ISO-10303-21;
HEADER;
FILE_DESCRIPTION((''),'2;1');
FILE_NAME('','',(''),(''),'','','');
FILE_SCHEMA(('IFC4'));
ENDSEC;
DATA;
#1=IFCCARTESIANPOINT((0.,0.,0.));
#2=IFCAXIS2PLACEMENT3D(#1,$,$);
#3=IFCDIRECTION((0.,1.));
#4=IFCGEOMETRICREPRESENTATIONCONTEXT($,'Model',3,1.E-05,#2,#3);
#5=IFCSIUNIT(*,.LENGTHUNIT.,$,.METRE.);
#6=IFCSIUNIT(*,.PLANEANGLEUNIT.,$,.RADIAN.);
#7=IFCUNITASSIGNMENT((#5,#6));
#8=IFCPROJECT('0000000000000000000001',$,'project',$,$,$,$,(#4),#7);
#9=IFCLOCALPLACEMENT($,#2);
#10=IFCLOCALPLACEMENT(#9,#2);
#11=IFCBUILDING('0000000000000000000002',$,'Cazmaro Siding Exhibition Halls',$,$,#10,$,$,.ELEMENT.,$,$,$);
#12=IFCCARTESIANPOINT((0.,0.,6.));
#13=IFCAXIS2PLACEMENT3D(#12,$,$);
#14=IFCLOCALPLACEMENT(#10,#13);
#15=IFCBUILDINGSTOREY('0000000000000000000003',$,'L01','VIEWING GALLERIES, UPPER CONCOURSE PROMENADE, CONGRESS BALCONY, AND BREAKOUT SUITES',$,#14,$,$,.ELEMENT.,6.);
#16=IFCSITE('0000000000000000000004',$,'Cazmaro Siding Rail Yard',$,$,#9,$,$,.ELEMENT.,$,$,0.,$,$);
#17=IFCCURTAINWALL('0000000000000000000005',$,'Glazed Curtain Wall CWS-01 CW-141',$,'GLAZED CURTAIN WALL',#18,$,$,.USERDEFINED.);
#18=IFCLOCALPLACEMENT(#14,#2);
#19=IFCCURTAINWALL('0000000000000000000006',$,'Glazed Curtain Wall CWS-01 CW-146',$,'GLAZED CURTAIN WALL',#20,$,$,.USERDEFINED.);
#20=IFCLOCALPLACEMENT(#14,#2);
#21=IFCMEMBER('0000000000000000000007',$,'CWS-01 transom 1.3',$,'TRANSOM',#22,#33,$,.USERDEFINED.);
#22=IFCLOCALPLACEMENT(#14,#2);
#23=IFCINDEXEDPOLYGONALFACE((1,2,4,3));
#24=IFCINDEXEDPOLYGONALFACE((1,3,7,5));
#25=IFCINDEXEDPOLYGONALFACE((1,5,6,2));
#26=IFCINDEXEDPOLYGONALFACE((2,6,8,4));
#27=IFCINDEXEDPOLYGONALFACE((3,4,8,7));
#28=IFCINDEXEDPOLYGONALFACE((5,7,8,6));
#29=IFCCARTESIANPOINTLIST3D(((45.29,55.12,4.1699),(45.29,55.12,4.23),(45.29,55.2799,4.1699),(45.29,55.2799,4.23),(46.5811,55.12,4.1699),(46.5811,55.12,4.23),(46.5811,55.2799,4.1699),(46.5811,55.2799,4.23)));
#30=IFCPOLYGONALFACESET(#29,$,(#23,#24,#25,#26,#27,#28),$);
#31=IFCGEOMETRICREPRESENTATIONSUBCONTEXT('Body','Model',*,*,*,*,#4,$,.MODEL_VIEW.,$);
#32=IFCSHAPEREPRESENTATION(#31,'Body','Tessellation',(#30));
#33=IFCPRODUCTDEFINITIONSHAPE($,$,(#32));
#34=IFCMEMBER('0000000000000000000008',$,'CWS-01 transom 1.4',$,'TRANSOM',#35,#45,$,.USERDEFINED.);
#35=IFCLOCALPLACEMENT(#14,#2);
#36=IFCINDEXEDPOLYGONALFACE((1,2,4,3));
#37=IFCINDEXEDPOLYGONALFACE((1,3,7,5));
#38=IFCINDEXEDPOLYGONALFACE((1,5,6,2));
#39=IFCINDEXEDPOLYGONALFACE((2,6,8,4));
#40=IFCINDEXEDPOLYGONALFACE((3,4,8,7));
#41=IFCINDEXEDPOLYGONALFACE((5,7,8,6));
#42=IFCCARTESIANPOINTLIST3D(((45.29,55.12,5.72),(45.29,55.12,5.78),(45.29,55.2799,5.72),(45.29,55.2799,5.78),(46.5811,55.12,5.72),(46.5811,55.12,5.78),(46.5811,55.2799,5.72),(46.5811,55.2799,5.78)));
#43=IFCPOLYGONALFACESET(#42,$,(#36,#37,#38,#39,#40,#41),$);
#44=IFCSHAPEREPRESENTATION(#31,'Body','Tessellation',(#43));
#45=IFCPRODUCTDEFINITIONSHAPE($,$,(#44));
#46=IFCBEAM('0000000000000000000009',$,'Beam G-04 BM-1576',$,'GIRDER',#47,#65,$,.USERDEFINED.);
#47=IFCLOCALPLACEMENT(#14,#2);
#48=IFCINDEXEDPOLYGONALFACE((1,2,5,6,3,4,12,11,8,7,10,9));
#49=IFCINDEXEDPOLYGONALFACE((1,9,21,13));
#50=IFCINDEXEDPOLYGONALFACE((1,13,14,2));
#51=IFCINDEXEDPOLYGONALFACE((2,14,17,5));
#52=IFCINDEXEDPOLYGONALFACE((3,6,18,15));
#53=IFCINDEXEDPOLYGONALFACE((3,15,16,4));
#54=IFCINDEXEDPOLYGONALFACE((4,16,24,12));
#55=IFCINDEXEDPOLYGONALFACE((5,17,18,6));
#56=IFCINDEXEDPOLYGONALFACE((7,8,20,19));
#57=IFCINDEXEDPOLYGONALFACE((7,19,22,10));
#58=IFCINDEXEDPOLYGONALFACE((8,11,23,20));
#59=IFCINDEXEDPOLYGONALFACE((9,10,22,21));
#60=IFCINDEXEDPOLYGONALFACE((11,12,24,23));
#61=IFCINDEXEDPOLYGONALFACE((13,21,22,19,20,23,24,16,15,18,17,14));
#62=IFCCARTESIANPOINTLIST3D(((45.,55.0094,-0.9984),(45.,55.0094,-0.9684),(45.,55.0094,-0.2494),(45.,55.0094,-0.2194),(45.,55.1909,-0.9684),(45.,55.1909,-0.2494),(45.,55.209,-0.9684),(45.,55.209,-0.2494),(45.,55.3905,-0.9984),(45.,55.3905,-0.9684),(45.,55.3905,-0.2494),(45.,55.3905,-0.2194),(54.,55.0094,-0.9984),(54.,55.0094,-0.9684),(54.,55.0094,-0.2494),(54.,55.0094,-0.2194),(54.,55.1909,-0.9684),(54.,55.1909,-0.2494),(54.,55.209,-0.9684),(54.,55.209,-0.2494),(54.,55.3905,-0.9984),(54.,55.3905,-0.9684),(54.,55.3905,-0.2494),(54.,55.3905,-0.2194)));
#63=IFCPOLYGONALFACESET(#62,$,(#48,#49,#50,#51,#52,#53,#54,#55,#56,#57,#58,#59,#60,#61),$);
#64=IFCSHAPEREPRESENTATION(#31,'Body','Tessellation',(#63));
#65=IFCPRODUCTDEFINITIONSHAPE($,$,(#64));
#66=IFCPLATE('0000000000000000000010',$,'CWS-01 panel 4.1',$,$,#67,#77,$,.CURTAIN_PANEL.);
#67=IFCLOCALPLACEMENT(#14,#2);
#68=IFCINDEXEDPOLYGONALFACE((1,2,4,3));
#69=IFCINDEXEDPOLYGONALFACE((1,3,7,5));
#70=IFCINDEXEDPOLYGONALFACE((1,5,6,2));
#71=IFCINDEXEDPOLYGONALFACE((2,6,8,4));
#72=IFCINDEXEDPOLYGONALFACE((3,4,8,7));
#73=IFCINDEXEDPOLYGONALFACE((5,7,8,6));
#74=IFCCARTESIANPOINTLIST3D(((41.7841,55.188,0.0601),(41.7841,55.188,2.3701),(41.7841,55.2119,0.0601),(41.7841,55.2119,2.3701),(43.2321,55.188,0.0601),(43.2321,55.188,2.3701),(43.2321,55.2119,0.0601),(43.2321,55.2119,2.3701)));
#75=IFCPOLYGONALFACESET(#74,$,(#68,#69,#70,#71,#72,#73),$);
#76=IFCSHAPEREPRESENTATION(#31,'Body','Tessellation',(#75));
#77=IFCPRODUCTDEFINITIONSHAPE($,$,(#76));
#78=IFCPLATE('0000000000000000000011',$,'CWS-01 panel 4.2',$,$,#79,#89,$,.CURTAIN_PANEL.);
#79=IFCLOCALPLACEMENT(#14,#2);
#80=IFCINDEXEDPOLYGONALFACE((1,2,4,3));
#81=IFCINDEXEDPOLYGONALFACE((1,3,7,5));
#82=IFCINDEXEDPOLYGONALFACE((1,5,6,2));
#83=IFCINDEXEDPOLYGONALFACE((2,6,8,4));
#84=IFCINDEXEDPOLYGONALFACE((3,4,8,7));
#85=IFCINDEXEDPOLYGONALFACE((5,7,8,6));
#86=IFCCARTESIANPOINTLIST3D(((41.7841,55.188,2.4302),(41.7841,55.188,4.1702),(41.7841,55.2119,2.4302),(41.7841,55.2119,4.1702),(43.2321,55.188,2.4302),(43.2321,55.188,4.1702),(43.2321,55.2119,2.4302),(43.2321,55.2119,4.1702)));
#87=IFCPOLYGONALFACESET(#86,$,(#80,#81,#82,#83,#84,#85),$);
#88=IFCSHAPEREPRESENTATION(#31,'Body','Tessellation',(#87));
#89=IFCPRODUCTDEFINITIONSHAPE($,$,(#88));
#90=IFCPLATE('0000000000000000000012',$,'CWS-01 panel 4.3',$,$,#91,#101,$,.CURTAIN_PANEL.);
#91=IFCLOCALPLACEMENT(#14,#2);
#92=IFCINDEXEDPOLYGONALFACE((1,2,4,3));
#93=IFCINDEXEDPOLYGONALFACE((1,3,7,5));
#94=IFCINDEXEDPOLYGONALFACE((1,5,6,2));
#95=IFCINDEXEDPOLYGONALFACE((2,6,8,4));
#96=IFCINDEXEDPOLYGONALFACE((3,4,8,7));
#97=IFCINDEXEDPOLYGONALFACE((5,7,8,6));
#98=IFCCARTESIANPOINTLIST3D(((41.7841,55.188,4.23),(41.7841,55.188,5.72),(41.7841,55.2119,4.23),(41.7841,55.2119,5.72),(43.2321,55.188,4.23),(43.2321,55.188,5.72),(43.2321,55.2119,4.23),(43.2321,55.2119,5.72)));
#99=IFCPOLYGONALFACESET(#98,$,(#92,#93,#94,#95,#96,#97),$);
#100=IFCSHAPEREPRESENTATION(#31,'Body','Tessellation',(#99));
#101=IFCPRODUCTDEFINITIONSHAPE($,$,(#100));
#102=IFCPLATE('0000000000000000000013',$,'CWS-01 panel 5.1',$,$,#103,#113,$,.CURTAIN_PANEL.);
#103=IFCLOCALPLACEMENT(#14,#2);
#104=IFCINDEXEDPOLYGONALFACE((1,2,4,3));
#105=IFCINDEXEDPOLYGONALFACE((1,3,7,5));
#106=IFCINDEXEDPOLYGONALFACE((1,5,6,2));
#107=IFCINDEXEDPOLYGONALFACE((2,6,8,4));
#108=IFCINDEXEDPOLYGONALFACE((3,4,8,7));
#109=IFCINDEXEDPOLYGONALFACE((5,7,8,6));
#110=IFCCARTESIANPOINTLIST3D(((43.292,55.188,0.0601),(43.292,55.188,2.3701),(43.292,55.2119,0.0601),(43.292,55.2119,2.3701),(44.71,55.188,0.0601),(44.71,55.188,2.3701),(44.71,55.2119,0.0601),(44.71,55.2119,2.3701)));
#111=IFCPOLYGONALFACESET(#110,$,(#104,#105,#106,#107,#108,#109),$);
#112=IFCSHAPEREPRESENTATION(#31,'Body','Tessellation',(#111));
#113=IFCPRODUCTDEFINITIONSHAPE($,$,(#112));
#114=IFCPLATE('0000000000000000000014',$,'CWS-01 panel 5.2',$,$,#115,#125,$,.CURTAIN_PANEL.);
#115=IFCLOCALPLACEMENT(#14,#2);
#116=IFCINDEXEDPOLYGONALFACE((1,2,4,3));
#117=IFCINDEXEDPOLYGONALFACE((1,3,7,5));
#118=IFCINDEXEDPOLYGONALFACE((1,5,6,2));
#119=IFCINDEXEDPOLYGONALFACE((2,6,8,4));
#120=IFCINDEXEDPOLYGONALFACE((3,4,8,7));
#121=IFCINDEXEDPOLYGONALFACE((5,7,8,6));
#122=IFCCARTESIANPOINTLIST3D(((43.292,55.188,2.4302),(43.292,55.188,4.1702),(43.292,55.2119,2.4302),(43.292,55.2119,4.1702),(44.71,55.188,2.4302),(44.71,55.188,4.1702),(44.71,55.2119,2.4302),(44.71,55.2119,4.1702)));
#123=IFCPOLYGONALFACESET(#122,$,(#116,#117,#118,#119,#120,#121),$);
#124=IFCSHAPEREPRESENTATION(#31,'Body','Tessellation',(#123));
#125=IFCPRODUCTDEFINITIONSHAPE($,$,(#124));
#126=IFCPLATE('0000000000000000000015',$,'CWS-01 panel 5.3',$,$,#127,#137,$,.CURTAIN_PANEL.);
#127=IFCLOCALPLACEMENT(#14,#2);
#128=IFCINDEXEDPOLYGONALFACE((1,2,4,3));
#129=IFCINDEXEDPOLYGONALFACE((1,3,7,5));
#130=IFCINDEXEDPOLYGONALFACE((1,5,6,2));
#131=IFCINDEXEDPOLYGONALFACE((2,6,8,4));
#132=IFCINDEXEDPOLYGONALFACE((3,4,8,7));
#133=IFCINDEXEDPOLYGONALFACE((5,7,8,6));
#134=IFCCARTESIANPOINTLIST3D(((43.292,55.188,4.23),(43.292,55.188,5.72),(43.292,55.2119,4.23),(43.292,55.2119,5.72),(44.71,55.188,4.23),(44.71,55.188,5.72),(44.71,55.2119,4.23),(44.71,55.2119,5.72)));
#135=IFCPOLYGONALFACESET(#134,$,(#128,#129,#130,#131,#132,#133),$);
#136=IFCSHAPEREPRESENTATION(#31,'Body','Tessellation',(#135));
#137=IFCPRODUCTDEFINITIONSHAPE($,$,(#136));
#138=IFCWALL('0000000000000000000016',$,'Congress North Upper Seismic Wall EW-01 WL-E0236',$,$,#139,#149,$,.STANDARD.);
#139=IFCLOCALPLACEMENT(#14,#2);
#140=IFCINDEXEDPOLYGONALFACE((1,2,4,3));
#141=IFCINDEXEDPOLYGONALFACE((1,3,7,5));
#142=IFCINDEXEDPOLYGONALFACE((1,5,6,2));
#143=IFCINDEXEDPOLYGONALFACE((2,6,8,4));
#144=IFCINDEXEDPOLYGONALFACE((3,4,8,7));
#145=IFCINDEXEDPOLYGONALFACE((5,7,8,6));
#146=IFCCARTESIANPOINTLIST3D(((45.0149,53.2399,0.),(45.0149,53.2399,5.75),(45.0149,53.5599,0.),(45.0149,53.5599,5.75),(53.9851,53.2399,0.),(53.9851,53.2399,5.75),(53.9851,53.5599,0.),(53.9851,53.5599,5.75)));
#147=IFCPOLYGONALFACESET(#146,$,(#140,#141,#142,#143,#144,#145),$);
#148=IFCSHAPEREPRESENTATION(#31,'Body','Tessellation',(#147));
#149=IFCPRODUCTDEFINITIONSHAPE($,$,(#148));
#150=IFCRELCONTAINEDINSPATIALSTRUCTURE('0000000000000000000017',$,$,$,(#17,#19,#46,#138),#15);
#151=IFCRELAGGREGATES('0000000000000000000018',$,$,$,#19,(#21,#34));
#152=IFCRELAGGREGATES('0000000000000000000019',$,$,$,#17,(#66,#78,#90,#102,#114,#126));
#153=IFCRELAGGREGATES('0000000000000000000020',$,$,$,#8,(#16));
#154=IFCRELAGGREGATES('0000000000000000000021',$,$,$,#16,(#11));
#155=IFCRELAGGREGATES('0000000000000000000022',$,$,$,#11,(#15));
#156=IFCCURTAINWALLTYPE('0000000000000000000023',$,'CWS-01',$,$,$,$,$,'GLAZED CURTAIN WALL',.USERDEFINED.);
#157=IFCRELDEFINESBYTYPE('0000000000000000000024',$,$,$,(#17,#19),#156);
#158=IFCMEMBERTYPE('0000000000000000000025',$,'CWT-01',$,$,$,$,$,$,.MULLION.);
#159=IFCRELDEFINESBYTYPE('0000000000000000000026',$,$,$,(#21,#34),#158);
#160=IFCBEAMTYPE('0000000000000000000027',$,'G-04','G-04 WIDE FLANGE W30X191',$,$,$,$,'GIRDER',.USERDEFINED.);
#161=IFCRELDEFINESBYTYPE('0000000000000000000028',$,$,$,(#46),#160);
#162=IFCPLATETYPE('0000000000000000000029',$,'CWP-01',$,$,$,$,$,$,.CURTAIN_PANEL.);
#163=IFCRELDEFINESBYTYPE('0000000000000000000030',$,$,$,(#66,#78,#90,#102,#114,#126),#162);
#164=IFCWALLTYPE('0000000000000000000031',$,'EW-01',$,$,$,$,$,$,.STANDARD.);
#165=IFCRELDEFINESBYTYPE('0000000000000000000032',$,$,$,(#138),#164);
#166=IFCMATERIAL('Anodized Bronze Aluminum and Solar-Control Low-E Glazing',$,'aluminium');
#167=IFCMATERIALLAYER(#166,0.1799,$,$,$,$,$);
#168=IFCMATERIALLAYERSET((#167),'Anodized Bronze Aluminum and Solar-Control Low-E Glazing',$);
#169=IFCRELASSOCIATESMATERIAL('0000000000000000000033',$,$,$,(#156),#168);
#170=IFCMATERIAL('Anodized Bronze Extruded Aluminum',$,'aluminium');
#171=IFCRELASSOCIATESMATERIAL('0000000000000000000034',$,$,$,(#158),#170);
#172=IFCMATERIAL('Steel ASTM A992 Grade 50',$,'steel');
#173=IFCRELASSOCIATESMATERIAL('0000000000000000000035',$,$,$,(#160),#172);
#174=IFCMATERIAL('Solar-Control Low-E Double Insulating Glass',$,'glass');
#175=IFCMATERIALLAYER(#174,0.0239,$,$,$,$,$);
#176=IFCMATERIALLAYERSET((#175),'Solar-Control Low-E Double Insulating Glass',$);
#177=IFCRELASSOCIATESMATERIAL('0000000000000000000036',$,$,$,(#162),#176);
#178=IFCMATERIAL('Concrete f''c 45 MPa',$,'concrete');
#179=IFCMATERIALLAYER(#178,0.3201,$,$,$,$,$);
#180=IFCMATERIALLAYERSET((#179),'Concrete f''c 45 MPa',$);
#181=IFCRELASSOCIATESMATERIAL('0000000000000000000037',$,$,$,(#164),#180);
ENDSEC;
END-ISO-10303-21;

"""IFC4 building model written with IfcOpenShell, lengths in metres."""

from ifc_helpers import new_model, si_unit, direction, frame, frame_2d, origin, origin_2d, place, context, subcontext, project, spatial, rectangle, i_section, extrude, material, layer, layer_set, material_profile, profile_set, type_object, element, aggregate, save


model = new_model("IFC4")

# Units and contexts
model_context = context("Model", 3, precision=1e-05, world=origin(), true_north=direction((0.0, 1.0)))
body_context = subcontext(model_context, "Body", "Model", "MODEL_VIEW")
ifc_project = project(units=[si_unit("LENGTHUNIT", "METRE"), si_unit("PLANEANGLEUNIT", "RADIAN")], contexts=[model_context])

# Site, building, storey
site_placement = place(None, origin())
site = spatial("IfcSite", under=ifc_project, at=site_placement, Name="Cazmaro Siding Rail Yard", CompositionType="ELEMENT", RefElevation=0.0)
building_placement = place(site_placement, origin())
building = spatial("IfcBuilding", under=site, at=building_placement, Name="Cazmaro Siding Exhibition Halls", CompositionType="ELEMENT")
storey_placement = place(building_placement, frame((0.0, 0.0, 6.0)))
storey = spatial("IfcBuildingStorey", under=building, at=storey_placement, Name="L01", Description="VIEWING GALLERIES, UPPER CONCOURSE PROMENADE, CONGRESS BALCONY, AND BREAKOUT SUITES", CompositionType="ELEMENT", Elevation=6.0)

# Curtain wall
ifc_material_1 = material(Name="Anodized Bronze Aluminum and Solar-Control Low-E Glazing", Category="aluminium")
ifc_layer_1 = layer(ifc_material_1, 0.1799)
ifc_layer_set_1 = layer_set([ifc_layer_1], Name="Anodized Bronze Aluminum and Solar-Control Low-E Glazing")
curtain_wall_type = type_object("IfcCurtainWallType", Name="CWS-01", ElementType="GLAZED CURTAIN WALL", PredefinedType="USERDEFINED", material=ifc_layer_set_1)
curtain_wall_1_placement = place(storey_placement, origin())
curtain_wall_1 = element("IfcCurtainWall", 1, at=curtain_wall_1_placement, inside=storey, type_object=curtain_wall_type, Name="Glazed Curtain Wall CWS-01 CW-141", ObjectType="GLAZED CURTAIN WALL", PredefinedType="USERDEFINED")

# Curtain wall
curtain_wall_2_placement = place(storey_placement, origin())
curtain_wall_2 = element("IfcCurtainWall", 2, at=curtain_wall_2_placement, inside=storey, type_object=curtain_wall_type, Name="Glazed Curtain Wall CWS-01 CW-146", ObjectType="GLAZED CURTAIN WALL", PredefinedType="USERDEFINED")

# Members
ifc_material_2 = material(Name="Anodized Bronze Extruded Aluminum", Category="aluminium")
ifc_material_profile_1 = material_profile(ifc_material_2, rectangle(XDim=0.1599, YDim=0.0601, at=origin_2d()), Name="CWT-01")
ifc_profile_set_1 = profile_set([ifc_material_profile_1], Name="Anodized Bronze Extruded Aluminum")
member_type_1 = type_object("IfcMemberType", Name="CWT-01", PredefinedType="MULLION", material=ifc_profile_set_1)
member_1_placement = place(storey_placement, frame((45.29, 55.2, 4.2), z_axis=(1.0, 0.0, 0.0), x_axis=(0.0, 1.0, 0.0)))
member_1 = element("IfcMember", 3, at=member_1_placement, type_object=member_type_1, Name="CWS-01 transom 1.3", ObjectType="TRANSOM", PredefinedType="USERDEFINED", context=body_context, shape_type="SweptSolid", body=[
    extrude(rectangle(XDim=0.1599, YDim=0.0601, at=origin_2d()), origin(), (0.0, 0.0, 1.0), 1.291),
])
member_2_placement = place(storey_placement, frame((45.29, 55.2, 5.75), z_axis=(1.0, 0.0, 0.0), x_axis=(0.0, 1.0, 0.0)))
member_2 = element("IfcMember", 4, at=member_2_placement, type_object=member_type_1, Name="CWS-01 transom 1.4", ObjectType="TRANSOM", PredefinedType="USERDEFINED", context=body_context, shape_type="SweptSolid", body=[
    extrude(rectangle(XDim=0.1599, YDim=0.0601, at=origin_2d()), origin(), (0.0, 0.0, 1.0), 1.291),
])
aggregate(curtain_wall_2, [member_1, member_2])

# Beam
ifc_material_3 = material(Name="Steel ASTM A992 Grade 50", Category="steel")
ifc_material_profile_2 = material_profile(ifc_material_3, i_section(OverallWidth=0.3811, OverallDepth=0.7791, WebThickness=0.0181, FlangeThickness=0.03, at=origin_2d()), Name="W30X191")
ifc_profile_set_2 = profile_set([ifc_material_profile_2], Name="Steel ASTM A992 Grade 50")
beam_type_1 = type_object("IfcBeamType", Name="G-04", Description="G-04 WIDE FLANGE W30X191", ElementType="GIRDER", PredefinedType="USERDEFINED", material=ifc_profile_set_2)
beam_1_placement = place(storey_placement, frame((45.0, 55.2, -0.6089), z_axis=(1.0, 0.0, 0.0), x_axis=(0.0, 1.0, 0.0)))
element("IfcBeam", 5, at=beam_1_placement, inside=storey, type_object=beam_type_1, Name="Beam G-04 BM-1576", ObjectType="GIRDER", PredefinedType="USERDEFINED", context=body_context, shape_type="SweptSolid", body=[
    extrude(i_section(OverallWidth=0.3811, OverallDepth=0.7791, WebThickness=0.0181, FlangeThickness=0.03, at=origin_2d()), origin(), (0.0, 0.0, 1.0), 9.0),
])

# Plates
ifc_material_4 = material(Name="Solar-Control Low-E Double Insulating Glass", Category="glass")
ifc_layer_2 = layer(ifc_material_4, 0.0239)
ifc_layer_set_2 = layer_set([ifc_layer_2], Name="Solar-Control Low-E Double Insulating Glass")
plate_type = type_object("IfcPlateType", Name="CWP-01", PredefinedType="CURTAIN_PANEL", material=ifc_layer_set_2)
plate_1_placement = place(storey_placement, frame((42.5081, 55.2, 0.0601), z_axis=(0.0, 0.0, 1.0), x_axis=(1.0, 0.0, 0.0)))
plate_1 = element("IfcPlate", 6, at=plate_1_placement, type_object=plate_type, Name="CWS-01 panel 4.1", PredefinedType="CURTAIN_PANEL", context=body_context, shape_type="SweptSolid", body=[
    extrude(rectangle(XDim=1.448, YDim=0.0239, at=origin_2d()), origin(), (0.0, 0.0, 1.0), 2.3101),
])
plate_2_placement = place(storey_placement, frame((42.5081, 55.2, 2.4302), z_axis=(0.0, 0.0, 1.0), x_axis=(1.0, 0.0, 0.0)))
plate_2 = element("IfcPlate", 7, at=plate_2_placement, type_object=plate_type, Name="CWS-01 panel 4.2", PredefinedType="CURTAIN_PANEL", context=body_context, shape_type="SweptSolid", body=[
    extrude(rectangle(XDim=1.448, YDim=0.0239, at=origin_2d()), origin(), (0.0, 0.0, 1.0), 1.74),
])
plate_3_placement = place(storey_placement, frame((42.5081, 55.2, 4.23), z_axis=(0.0, 0.0, 1.0), x_axis=(1.0, 0.0, 0.0)))
plate_3 = element("IfcPlate", 8, at=plate_3_placement, type_object=plate_type, Name="CWS-01 panel 4.3", PredefinedType="CURTAIN_PANEL", context=body_context, shape_type="SweptSolid", body=[
    extrude(rectangle(XDim=1.448, YDim=0.0239, at=origin_2d()), origin(), (0.0, 0.0, 1.0), 1.49),
])
plate_4_placement = place(storey_placement, frame((44.001, 55.2, 0.0601), z_axis=(0.0, 0.0, 1.0), x_axis=(1.0, 0.0, 0.0)))
plate_4 = element("IfcPlate", 9, at=plate_4_placement, type_object=plate_type, Name="CWS-01 panel 5.1", PredefinedType="CURTAIN_PANEL", context=body_context, shape_type="SweptSolid", body=[
    extrude(rectangle(XDim=1.418, YDim=0.0239, at=origin_2d()), origin(), (0.0, 0.0, 1.0), 2.3101),
])
plate_5_placement = place(storey_placement, frame((44.001, 55.2, 2.4302), z_axis=(0.0, 0.0, 1.0), x_axis=(1.0, 0.0, 0.0)))
plate_5 = element("IfcPlate", 10, at=plate_5_placement, type_object=plate_type, Name="CWS-01 panel 5.2", PredefinedType="CURTAIN_PANEL", context=body_context, shape_type="SweptSolid", body=[
    extrude(rectangle(XDim=1.418, YDim=0.0239, at=origin_2d()), origin(), (0.0, 0.0, 1.0), 1.74),
])
plate_6_placement = place(storey_placement, frame((44.001, 55.2, 4.23), z_axis=(0.0, 0.0, 1.0), x_axis=(1.0, 0.0, 0.0)))
plate_6 = element("IfcPlate", 11, at=plate_6_placement, type_object=plate_type, Name="CWS-01 panel 5.3", PredefinedType="CURTAIN_PANEL", context=body_context, shape_type="SweptSolid", body=[
    extrude(rectangle(XDim=1.418, YDim=0.0239, at=origin_2d()), origin(), (0.0, 0.0, 1.0), 1.49),
])
aggregate(curtain_wall_1, [plate_1, plate_2, plate_3, plate_4, plate_5, plate_6])

# Wall
ifc_material_5 = material(Name="Concrete f'c 45 MPa", Category="concrete")
ifc_layer_3 = layer(ifc_material_5, 0.3201)
ifc_layer_set_3 = layer_set([ifc_layer_3], Name="Concrete f'c 45 MPa")
wall_type = type_object("IfcWallType", Name="EW-01", PredefinedType="STANDARD", material=ifc_layer_set_3)
wall_placement = place(storey_placement, frame((45.0149, 53.3999, 0.0), z_axis=(0.0, 0.0, 1.0), x_axis=(1.0, 0.0, 0.0)))
element("IfcWall", 12, at=wall_placement, inside=storey, type_object=wall_type, Name="Congress North Upper Seismic Wall EW-01 WL-E0236", PredefinedType="STANDARD", context=body_context, shape_type="SweptSolid", body=[
    extrude(rectangle(XDim=8.9702, YDim=0.3201, at=frame_2d((4.4851, 0.0))), origin(), (0.0, 0.0, 1.0), 5.75),
])

save(model, "model.ifc")
